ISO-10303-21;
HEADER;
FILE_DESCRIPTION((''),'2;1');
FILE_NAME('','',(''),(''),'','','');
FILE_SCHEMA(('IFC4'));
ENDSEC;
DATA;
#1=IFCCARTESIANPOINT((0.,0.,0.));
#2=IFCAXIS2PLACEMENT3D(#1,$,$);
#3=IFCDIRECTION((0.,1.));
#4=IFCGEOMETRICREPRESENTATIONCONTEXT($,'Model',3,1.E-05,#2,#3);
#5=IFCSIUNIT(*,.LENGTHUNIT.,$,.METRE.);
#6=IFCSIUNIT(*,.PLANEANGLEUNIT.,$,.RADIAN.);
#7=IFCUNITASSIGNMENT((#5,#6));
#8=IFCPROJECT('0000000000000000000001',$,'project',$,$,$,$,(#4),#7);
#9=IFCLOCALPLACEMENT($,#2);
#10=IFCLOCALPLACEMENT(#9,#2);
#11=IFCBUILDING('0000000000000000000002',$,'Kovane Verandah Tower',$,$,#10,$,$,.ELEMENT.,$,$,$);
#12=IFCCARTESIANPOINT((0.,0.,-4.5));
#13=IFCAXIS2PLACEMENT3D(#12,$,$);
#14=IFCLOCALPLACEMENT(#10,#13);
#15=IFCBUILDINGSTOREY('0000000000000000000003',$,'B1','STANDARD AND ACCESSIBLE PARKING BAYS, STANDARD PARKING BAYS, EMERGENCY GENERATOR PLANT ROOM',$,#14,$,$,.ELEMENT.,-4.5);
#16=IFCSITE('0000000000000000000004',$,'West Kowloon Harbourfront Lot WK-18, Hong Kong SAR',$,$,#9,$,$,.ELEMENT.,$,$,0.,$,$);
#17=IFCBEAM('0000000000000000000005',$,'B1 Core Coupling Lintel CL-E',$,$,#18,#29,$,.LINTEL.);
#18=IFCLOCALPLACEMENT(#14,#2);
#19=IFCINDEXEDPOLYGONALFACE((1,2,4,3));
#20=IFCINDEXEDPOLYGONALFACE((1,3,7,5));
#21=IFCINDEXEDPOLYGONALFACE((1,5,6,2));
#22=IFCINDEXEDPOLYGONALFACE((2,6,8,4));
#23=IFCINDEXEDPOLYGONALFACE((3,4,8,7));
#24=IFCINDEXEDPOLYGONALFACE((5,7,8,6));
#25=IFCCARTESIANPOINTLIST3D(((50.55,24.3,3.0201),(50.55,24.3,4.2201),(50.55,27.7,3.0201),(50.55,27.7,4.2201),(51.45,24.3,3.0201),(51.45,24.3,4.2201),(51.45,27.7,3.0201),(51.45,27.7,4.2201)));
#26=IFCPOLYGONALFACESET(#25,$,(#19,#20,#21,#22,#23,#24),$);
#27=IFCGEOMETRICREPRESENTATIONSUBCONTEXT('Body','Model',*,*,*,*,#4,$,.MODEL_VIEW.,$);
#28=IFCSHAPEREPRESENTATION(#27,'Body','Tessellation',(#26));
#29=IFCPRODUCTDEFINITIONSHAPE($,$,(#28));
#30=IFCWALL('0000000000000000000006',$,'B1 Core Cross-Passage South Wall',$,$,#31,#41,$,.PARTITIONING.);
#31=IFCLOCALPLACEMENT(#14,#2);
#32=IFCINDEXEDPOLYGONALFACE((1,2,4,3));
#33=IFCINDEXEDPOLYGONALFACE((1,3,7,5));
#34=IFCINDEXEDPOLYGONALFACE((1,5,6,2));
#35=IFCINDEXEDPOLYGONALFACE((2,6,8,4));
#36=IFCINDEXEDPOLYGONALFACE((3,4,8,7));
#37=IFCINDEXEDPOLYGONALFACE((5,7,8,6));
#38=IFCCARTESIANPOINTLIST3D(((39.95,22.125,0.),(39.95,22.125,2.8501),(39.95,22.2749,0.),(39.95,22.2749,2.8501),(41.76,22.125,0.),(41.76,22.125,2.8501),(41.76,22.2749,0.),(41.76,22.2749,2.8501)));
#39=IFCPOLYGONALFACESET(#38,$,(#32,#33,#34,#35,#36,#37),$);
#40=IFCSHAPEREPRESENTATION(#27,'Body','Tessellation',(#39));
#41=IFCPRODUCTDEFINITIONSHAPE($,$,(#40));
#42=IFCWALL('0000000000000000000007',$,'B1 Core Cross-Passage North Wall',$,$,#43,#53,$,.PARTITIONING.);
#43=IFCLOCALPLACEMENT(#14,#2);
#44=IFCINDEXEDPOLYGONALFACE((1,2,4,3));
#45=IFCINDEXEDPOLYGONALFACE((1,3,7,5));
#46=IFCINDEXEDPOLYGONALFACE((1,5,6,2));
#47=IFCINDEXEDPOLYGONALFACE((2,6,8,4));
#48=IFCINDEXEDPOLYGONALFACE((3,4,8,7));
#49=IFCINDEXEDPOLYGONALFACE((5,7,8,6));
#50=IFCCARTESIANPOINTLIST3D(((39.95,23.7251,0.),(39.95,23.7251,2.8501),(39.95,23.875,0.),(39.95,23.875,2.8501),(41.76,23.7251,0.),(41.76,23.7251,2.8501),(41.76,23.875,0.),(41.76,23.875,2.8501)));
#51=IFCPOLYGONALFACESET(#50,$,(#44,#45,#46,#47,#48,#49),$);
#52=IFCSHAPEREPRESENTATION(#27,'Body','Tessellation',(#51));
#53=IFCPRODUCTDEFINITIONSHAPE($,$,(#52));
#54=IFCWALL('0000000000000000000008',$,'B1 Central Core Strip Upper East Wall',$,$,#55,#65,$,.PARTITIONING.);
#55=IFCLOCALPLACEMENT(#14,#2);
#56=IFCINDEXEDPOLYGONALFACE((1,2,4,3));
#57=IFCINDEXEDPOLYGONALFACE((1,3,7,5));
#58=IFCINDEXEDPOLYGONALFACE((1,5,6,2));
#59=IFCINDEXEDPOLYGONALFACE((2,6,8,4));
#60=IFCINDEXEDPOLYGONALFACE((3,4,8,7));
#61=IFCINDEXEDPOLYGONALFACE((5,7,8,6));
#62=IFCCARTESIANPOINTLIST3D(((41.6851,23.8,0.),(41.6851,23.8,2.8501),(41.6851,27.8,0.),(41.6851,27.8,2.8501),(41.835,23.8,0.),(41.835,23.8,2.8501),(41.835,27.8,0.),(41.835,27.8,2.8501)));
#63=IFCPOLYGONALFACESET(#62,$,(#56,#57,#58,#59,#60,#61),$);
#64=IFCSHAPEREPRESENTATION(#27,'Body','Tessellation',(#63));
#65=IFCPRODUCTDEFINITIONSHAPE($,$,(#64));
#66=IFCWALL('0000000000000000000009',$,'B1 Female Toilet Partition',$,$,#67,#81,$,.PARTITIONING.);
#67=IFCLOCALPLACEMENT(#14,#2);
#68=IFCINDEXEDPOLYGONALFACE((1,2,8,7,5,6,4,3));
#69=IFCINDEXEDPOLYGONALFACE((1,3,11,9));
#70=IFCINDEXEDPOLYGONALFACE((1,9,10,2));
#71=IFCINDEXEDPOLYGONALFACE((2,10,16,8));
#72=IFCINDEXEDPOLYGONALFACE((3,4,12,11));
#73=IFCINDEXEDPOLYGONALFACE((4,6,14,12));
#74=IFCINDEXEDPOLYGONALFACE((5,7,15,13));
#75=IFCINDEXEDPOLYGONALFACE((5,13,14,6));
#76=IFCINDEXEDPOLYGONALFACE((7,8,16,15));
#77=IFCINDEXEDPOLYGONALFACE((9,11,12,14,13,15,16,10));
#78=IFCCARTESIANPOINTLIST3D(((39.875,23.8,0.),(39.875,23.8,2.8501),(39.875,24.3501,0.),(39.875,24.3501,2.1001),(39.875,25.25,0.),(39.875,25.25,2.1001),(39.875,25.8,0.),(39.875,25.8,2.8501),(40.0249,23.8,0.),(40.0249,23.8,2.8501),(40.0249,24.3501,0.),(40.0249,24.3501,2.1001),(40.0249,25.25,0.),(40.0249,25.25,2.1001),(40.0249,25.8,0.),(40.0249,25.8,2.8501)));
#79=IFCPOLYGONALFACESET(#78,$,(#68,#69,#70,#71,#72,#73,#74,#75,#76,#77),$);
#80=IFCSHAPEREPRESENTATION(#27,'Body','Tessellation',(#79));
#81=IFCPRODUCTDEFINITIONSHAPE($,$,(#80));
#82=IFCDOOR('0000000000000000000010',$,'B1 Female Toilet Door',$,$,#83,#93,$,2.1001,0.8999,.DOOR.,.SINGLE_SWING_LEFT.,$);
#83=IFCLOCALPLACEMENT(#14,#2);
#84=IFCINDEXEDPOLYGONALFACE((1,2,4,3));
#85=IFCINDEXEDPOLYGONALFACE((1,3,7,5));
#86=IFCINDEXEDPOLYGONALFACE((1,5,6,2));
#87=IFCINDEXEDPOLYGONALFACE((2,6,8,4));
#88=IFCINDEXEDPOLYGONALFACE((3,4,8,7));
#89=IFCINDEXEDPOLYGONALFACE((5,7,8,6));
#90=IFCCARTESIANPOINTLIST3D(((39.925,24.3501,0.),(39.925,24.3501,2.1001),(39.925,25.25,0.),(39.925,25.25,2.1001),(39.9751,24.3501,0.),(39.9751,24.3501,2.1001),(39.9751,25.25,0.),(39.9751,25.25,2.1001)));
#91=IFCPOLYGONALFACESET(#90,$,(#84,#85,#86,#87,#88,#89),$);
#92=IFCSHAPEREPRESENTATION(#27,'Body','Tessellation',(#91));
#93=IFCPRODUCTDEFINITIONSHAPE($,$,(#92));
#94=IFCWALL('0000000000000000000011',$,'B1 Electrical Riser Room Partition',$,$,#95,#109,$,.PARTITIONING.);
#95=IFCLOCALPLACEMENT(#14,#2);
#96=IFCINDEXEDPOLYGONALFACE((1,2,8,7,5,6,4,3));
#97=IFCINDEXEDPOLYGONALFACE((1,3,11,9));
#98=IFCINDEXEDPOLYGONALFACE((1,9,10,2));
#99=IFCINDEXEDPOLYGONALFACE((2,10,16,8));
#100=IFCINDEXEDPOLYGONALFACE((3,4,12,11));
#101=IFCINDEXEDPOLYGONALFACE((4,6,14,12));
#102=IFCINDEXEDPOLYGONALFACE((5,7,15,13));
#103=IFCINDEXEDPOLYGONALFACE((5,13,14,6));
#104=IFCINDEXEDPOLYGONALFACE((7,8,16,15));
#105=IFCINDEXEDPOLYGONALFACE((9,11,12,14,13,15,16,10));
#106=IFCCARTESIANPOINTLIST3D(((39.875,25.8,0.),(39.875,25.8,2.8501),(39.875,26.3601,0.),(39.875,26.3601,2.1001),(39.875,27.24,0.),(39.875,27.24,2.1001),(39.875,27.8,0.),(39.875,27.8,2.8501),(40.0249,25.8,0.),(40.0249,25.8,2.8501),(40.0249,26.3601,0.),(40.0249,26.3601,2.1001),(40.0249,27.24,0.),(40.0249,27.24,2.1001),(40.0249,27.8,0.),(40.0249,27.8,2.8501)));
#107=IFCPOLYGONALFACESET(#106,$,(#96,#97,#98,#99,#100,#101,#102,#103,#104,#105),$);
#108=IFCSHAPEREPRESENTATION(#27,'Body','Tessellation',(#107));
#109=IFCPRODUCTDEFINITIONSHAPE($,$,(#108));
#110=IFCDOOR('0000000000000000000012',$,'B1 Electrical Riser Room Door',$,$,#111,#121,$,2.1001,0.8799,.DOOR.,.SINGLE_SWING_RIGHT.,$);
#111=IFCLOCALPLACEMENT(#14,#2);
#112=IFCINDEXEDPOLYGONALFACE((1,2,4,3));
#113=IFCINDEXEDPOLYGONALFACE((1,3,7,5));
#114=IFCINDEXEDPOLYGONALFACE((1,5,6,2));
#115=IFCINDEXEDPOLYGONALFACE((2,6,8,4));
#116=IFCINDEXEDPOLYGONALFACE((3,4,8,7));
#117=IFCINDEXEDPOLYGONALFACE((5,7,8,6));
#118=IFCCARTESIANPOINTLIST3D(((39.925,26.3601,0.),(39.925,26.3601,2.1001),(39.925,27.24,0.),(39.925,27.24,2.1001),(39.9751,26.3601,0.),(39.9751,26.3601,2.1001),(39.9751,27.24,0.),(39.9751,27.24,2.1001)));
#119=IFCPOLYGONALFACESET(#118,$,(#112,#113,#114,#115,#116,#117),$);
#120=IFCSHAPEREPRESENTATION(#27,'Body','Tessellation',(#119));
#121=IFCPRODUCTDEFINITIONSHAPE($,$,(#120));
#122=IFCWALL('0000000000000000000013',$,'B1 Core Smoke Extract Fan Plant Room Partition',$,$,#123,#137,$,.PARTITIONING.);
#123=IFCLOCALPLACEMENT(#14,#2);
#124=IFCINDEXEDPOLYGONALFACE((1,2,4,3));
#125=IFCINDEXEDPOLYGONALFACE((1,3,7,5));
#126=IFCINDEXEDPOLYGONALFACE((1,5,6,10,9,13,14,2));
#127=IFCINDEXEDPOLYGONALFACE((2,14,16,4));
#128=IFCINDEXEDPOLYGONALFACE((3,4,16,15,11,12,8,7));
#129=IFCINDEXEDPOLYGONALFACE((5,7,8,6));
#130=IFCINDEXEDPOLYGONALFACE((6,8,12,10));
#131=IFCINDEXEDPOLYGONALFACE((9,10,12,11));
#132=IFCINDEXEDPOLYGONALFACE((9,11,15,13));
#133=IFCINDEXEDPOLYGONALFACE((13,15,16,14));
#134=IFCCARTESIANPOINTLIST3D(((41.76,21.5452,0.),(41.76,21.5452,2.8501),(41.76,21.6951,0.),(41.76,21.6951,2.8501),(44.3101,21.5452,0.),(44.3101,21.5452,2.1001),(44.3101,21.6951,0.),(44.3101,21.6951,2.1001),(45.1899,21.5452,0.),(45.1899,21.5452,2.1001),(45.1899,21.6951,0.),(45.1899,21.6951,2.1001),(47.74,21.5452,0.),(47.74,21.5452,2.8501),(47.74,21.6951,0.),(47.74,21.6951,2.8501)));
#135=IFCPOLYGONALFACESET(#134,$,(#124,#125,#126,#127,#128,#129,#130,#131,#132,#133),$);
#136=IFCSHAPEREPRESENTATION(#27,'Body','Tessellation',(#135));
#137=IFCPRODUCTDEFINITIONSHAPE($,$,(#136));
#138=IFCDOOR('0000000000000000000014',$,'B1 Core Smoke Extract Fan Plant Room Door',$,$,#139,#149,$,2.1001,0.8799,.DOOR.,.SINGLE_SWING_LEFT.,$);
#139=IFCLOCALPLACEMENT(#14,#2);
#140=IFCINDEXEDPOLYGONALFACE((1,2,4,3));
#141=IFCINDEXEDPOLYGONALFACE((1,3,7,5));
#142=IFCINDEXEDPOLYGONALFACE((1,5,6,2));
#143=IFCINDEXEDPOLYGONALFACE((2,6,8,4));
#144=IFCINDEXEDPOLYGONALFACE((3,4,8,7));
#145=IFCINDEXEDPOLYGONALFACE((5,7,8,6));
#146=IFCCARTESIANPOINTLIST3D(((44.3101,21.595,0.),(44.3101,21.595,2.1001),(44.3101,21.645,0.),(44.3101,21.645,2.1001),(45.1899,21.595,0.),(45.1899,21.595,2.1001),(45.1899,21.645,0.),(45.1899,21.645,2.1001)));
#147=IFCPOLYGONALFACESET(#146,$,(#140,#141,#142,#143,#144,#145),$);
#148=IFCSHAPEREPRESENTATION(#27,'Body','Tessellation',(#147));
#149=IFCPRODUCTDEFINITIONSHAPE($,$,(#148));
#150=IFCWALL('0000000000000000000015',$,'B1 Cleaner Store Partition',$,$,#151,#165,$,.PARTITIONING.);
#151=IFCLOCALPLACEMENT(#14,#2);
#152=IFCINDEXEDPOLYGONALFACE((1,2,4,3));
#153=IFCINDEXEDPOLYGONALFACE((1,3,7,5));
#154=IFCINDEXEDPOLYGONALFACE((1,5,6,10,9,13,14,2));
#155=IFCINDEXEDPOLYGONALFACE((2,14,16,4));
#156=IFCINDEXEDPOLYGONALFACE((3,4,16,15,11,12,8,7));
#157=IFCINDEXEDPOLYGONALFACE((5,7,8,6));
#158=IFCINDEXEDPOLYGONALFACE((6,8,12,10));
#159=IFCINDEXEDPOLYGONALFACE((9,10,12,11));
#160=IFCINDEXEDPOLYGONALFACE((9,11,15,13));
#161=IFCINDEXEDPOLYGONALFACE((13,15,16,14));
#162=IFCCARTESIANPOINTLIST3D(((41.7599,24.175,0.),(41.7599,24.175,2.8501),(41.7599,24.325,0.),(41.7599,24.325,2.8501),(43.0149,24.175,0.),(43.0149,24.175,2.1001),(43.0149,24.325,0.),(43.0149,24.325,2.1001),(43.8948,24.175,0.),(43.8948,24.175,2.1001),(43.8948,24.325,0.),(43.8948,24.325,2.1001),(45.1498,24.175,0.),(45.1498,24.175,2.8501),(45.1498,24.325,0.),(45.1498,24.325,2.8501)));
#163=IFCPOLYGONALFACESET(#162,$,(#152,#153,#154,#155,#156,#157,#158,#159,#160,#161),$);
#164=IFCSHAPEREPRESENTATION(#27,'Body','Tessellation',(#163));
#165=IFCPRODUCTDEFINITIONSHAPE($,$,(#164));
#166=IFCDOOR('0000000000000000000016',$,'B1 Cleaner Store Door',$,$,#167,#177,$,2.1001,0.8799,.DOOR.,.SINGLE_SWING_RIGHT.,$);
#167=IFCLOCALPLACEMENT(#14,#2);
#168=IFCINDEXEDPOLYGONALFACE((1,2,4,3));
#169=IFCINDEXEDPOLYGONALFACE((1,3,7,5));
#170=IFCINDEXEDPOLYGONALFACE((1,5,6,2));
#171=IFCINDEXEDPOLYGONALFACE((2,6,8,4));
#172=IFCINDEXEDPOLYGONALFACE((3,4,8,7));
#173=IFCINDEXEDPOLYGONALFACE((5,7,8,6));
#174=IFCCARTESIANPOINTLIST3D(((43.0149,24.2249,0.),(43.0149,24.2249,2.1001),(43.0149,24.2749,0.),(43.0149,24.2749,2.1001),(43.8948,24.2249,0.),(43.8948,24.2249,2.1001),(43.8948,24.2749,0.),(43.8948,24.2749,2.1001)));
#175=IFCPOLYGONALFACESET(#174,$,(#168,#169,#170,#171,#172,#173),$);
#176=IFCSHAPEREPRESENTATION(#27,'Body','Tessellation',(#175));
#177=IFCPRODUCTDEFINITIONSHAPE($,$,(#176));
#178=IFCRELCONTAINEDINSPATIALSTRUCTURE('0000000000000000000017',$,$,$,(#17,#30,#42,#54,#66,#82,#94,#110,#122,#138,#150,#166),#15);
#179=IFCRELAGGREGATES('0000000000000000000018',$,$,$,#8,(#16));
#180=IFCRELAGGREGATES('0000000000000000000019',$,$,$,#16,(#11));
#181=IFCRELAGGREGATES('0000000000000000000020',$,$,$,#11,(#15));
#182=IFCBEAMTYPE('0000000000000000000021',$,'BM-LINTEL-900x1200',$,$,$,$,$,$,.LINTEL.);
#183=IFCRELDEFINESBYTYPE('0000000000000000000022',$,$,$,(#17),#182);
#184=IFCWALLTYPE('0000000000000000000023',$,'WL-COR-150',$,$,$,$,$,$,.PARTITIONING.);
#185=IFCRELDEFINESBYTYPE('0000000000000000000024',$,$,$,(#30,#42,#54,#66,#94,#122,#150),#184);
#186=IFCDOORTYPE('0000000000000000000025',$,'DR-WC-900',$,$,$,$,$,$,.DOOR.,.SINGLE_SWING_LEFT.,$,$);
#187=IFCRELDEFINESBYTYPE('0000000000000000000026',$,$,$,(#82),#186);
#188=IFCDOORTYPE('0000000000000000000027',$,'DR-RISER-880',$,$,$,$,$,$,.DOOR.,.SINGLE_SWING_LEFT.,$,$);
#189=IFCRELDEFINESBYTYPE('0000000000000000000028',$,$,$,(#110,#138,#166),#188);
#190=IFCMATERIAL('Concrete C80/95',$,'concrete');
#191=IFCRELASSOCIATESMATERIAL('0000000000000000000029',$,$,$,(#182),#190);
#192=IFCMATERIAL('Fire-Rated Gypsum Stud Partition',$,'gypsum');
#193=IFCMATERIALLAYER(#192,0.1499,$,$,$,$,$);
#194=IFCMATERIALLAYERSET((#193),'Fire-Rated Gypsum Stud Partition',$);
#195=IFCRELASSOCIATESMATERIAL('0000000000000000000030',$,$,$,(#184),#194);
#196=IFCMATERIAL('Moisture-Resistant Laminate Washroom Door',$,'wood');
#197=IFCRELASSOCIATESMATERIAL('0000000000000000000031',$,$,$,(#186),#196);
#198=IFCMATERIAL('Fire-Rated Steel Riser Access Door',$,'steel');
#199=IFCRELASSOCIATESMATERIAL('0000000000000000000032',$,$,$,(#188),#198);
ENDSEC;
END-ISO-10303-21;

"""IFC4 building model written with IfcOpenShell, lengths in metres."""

from ifc_helpers import new_model, si_unit, direction, frame, frame_2d, origin, origin_2d, place, context, subcontext, project, spatial, rectangle, extrude, material, layer, layer_set, material_profile, profile_set, type_object, element, fill, save


model = new_model("IFC4")

# Units and contexts
model_context = context("Model", 3, precision=1e-05, world=origin(), true_north=direction((0.0, 1.0)))
body_context = subcontext(model_context, "Body", "Model", "MODEL_VIEW")
ifc_project = project(units=[si_unit("LENGTHUNIT", "METRE"), si_unit("PLANEANGLEUNIT", "RADIAN")], contexts=[model_context])

# Site, building, storey
site_placement = place(None, origin())
site = spatial("IfcSite", under=ifc_project, at=site_placement, Name="West Kowloon Harbourfront Lot WK-18, Hong Kong SAR", CompositionType="ELEMENT", RefElevation=0.0)
building_placement = place(site_placement, origin())
building = spatial("IfcBuilding", under=site, at=building_placement, Name="Kovane Verandah Tower", CompositionType="ELEMENT")
storey_placement = place(building_placement, frame((0.0, 0.0, -4.5)))
storey = spatial("IfcBuildingStorey", under=building, at=storey_placement, Name="B1", Description="STANDARD AND ACCESSIBLE PARKING BAYS, STANDARD PARKING BAYS, EMERGENCY GENERATOR PLANT ROOM", CompositionType="ELEMENT", Elevation=-4.5)

# Beam
ifc_material_1 = material(Name="Concrete C80/95", Category="concrete")
ifc_material_profile = material_profile(ifc_material_1, rectangle(XDim=0.8999, YDim=1.2, at=origin_2d()), Name="RCB900x1200")
ifc_profile_set = profile_set([ifc_material_profile], Name="Concrete C80/95")
beam_type = type_object("IfcBeamType", Name="BM-LINTEL-900x1200", PredefinedType="LINTEL", material=ifc_profile_set)
beam_placement = place(storey_placement, frame((51.0, 24.3, 3.6201), z_axis=(0.0, 1.0, 0.0), x_axis=(-1.0, 0.0, 0.0)))
element("IfcBeam", 1, at=beam_placement, inside=storey, type_object=beam_type, Name="B1 Core Coupling Lintel CL-E", PredefinedType="LINTEL", context=body_context, shape_type="SweptSolid", body=[
    extrude(rectangle(XDim=0.8999, YDim=1.2, at=origin_2d()), origin(), (0.0, 0.0, 1.0), 3.3999),
])

# Walls
ifc_material_2 = material(Name="Fire-Rated Gypsum Stud Partition", Category="gypsum")
ifc_layer_1 = layer(ifc_material_2, 0.1499)
ifc_layer_set_1 = layer_set([ifc_layer_1], Name="Fire-Rated Gypsum Stud Partition")
wall_type_1 = type_object("IfcWallType", Name="WL-COR-150", PredefinedType="PARTITIONING", material=ifc_layer_set_1)
for number, where, z_axis, x_axis, name in (
    (2, (39.95, 22.2, 0.0), (0.0, 0.0, 1.0), (1.0, 0.0, 0.0), "B1 Core Cross-Passage South Wall"),
    (3, (39.95, 23.8, 0.0), (0.0, 0.0, 1.0), (1.0, 0.0, 0.0), "B1 Core Cross-Passage North Wall"),
):
    element("IfcWall", number, at=place(storey_placement, frame(where, z_axis=z_axis, x_axis=x_axis)), inside=storey, type_object=wall_type_1, Name=name, PredefinedType="PARTITIONING", context=body_context, shape_type="SweptSolid", body=[
        extrude(rectangle(XDim=1.8101, YDim=0.1499, at=frame_2d((0.905, 0.0))), origin(), (0.0, 0.0, 1.0), 2.8501),
    ])
wall_1_placement = place(storey_placement, frame((41.76, 23.8, 0.0), z_axis=(0.0, 0.0, 1.0), x_axis=(0.0, 1.0, 0.0)))
element("IfcWall", 4, at=wall_1_placement, inside=storey, type_object=wall_type_1, Name="B1 Central Core Strip Upper East Wall", PredefinedType="PARTITIONING", context=body_context, shape_type="SweptSolid", body=[
    extrude(rectangle(XDim=4.0, YDim=0.1499, at=frame_2d((2.0, 0.0))), origin(), (0.0, 0.0, 1.0), 2.8501),
])

# Walls, openings, doors
wall_2_placement = place(storey_placement, frame((39.95, 23.8, 0.0), z_axis=(0.0, 0.0, 1.0), x_axis=(0.0, 1.0, 0.0)))
wall_2 = element("IfcWall", 5, at=wall_2_placement, inside=storey, type_object=wall_type_1, Name="B1 Female Toilet Partition", PredefinedType="PARTITIONING", context=body_context, shape_type="SweptSolid", body=[
    extrude(rectangle(XDim=2.0, YDim=0.1499, at=frame_2d((1.0, 0.0))), origin(), (0.0, 0.0, 1.0), 2.8501),
])
opening_1_placement = place(wall_2_placement, frame((0.55, 0.0, 0.0)))
opening_1 = element("IfcOpeningElement", 6, at=opening_1_placement, cuts=wall_2, PredefinedType="OPENING", context=body_context, shape_type="SweptSolid", body=[
    extrude(rectangle(XDim=0.8999, YDim=2.1001, at=frame_2d((0.45, 1.05))), frame((0.0, 0.075, 0.0), z_axis=(0.0, -1.0, 0.0), x_axis=(1.0, 0.0, 0.0)), (0.0, 0.0, 1.0), 0.1499),
])
ifc_material_3 = material(Name="Moisture-Resistant Laminate Washroom Door", Category="wood")
door_type_1 = type_object("IfcDoorType", Name="DR-WC-900", OperationType="SINGLE_SWING_LEFT", PredefinedType="DOOR", material=ifc_material_3)
door_1_placement = place(opening_1_placement, origin())
door_1 = element("IfcDoor", 7, at=door_1_placement, inside=storey, type_object=door_type_1, Name="B1 Female Toilet Door", OperationType="SINGLE_SWING_LEFT", OverallHeight=2.1001, OverallWidth=0.8999, PredefinedType="DOOR", context=body_context, shape_type="SweptSolid", body=[
    extrude(rectangle(XDim=0.8999, YDim=2.1001, at=frame_2d((0.45, 1.05))), frame((0.0, 0.0249, 0.0), z_axis=(0.0, -1.0, 0.0), x_axis=(1.0, 0.0, 0.0)), (0.0, 0.0, 1.0), 0.05),
])
fill(opening_1, door_1)
wall_3_placement = place(storey_placement, frame((39.95, 25.8, 0.0), z_axis=(0.0, 0.0, 1.0), x_axis=(0.0, 1.0, 0.0)))
wall_3 = element("IfcWall", 8, at=wall_3_placement, inside=storey, type_object=wall_type_1, Name="B1 Electrical Riser Room Partition", PredefinedType="PARTITIONING", context=body_context, shape_type="SweptSolid", body=[
    extrude(rectangle(XDim=2.0, YDim=0.1499, at=frame_2d((1.0, 0.0))), origin(), (0.0, 0.0, 1.0), 2.8501),
])
opening_2_placement = place(wall_3_placement, frame((0.5601, 0.0, 0.0)))
opening_2 = element("IfcOpeningElement", 9, at=opening_2_placement, cuts=wall_3, PredefinedType="OPENING", context=body_context, shape_type="SweptSolid", body=[
    extrude(rectangle(XDim=0.8799, YDim=2.1001, at=frame_2d((0.4399, 1.05))), frame((0.0, 0.075, 0.0), z_axis=(0.0, -1.0, 0.0), x_axis=(1.0, 0.0, 0.0)), (0.0, 0.0, 1.0), 0.1499),
])
ifc_material_4 = material(Name="Fire-Rated Steel Riser Access Door", Category="steel")
door_type_2 = type_object("IfcDoorType", Name="DR-RISER-880", OperationType="SINGLE_SWING_LEFT", PredefinedType="DOOR", material=ifc_material_4)
door_2_placement = place(opening_2_placement, origin())
door_2 = element("IfcDoor", 10, at=door_2_placement, inside=storey, type_object=door_type_2, Name="B1 Electrical Riser Room Door", OperationType="SINGLE_SWING_RIGHT", OverallHeight=2.1001, OverallWidth=0.8799, PredefinedType="DOOR", context=body_context, shape_type="SweptSolid", body=[
    extrude(rectangle(XDim=0.8799, YDim=2.1001, at=frame_2d((0.4399, 1.05))), frame((0.0, 0.0249, 0.0), z_axis=(0.0, -1.0, 0.0), x_axis=(1.0, 0.0, 0.0)), (0.0, 0.0, 1.0), 0.05),
])
fill(opening_2, door_2)
wall_4_placement = place(storey_placement, frame((41.76, 21.6201, 0.0), z_axis=(0.0, 0.0, 1.0), x_axis=(1.0, 0.0, 0.0)))
wall_4 = element("IfcWall", 11, at=wall_4_placement, inside=storey, type_object=wall_type_1, Name="B1 Core Smoke Extract Fan Plant Room Partition", PredefinedType="PARTITIONING", context=body_context, shape_type="SweptSolid", body=[
    extrude(rectangle(XDim=5.98, YDim=0.1499, at=frame_2d((2.99, 0.0))), origin(), (0.0, 0.0, 1.0), 2.8501),
])
opening_3_placement = place(wall_4_placement, frame((2.55, 0.0, 0.0)))
opening_3 = element("IfcOpeningElement", 12, at=opening_3_placement, cuts=wall_4, PredefinedType="OPENING", context=body_context, shape_type="SweptSolid", body=[
    extrude(rectangle(XDim=0.8799, YDim=2.1001, at=frame_2d((0.4399, 1.05))), frame((0.0, 0.075, 0.0), z_axis=(0.0, -1.0, 0.0), x_axis=(1.0, 0.0, 0.0)), (0.0, 0.0, 1.0), 0.1499),
])
door_3_placement = place(opening_3_placement, origin())
door_3 = element("IfcDoor", 13, at=door_3_placement, inside=storey, type_object=door_type_2, Name="B1 Core Smoke Extract Fan Plant Room Door", OperationType="SINGLE_SWING_LEFT", OverallHeight=2.1001, OverallWidth=0.8799, PredefinedType="DOOR", context=body_context, shape_type="SweptSolid", body=[
    extrude(rectangle(XDim=0.8799, YDim=2.1001, at=frame_2d((0.4399, 1.05))), frame((0.0, 0.0249, 0.0), z_axis=(0.0, -1.0, 0.0), x_axis=(1.0, 0.0, 0.0)), (0.0, 0.0, 1.0), 0.05),
])
fill(opening_3, door_3)
wall_5_placement = place(storey_placement, frame((41.76, 24.25, 0.0), z_axis=(0.0, 0.0, 1.0), x_axis=(1.0, 0.0, 0.0)))
wall_5 = element("IfcWall", 14, at=wall_5_placement, inside=storey, type_object=wall_type_1, Name="B1 Cleaner Store Partition", PredefinedType="PARTITIONING", context=body_context, shape_type="SweptSolid", body=[
    extrude(rectangle(XDim=3.3899, YDim=0.1499, at=frame_2d((1.6948, 0.0))), origin(), (0.0, 0.0, 1.0), 2.8501),
])
opening_4_placement = place(wall_5_placement, frame((1.2549, 0.0, 0.0)))
opening_4 = element("IfcOpeningElement", 15, at=opening_4_placement, cuts=wall_5, PredefinedType="OPENING", context=body_context, shape_type="SweptSolid", body=[
    extrude(rectangle(XDim=0.8799, YDim=2.1001, at=frame_2d((0.4399, 1.05))), frame((0.0, 0.075, 0.0), z_axis=(0.0, -1.0, 0.0), x_axis=(1.0, 0.0, 0.0)), (0.0, 0.0, 1.0), 0.1499),
])
door_4_placement = place(opening_4_placement, origin())
door_4 = element("IfcDoor", 16, at=door_4_placement, inside=storey, type_object=door_type_2, Name="B1 Cleaner Store Door", OperationType="SINGLE_SWING_RIGHT", OverallHeight=2.1001, OverallWidth=0.8799, PredefinedType="DOOR", context=body_context, shape_type="SweptSolid", body=[
    extrude(rectangle(XDim=0.8799, YDim=2.1001, at=frame_2d((0.4399, 1.05))), frame((0.0, 0.0249, 0.0), z_axis=(0.0, -1.0, 0.0), x_axis=(1.0, 0.0, 0.0)), (0.0, 0.0, 1.0), 0.05),
])
fill(opening_4, door_4)

save(model, "model.ifc")
